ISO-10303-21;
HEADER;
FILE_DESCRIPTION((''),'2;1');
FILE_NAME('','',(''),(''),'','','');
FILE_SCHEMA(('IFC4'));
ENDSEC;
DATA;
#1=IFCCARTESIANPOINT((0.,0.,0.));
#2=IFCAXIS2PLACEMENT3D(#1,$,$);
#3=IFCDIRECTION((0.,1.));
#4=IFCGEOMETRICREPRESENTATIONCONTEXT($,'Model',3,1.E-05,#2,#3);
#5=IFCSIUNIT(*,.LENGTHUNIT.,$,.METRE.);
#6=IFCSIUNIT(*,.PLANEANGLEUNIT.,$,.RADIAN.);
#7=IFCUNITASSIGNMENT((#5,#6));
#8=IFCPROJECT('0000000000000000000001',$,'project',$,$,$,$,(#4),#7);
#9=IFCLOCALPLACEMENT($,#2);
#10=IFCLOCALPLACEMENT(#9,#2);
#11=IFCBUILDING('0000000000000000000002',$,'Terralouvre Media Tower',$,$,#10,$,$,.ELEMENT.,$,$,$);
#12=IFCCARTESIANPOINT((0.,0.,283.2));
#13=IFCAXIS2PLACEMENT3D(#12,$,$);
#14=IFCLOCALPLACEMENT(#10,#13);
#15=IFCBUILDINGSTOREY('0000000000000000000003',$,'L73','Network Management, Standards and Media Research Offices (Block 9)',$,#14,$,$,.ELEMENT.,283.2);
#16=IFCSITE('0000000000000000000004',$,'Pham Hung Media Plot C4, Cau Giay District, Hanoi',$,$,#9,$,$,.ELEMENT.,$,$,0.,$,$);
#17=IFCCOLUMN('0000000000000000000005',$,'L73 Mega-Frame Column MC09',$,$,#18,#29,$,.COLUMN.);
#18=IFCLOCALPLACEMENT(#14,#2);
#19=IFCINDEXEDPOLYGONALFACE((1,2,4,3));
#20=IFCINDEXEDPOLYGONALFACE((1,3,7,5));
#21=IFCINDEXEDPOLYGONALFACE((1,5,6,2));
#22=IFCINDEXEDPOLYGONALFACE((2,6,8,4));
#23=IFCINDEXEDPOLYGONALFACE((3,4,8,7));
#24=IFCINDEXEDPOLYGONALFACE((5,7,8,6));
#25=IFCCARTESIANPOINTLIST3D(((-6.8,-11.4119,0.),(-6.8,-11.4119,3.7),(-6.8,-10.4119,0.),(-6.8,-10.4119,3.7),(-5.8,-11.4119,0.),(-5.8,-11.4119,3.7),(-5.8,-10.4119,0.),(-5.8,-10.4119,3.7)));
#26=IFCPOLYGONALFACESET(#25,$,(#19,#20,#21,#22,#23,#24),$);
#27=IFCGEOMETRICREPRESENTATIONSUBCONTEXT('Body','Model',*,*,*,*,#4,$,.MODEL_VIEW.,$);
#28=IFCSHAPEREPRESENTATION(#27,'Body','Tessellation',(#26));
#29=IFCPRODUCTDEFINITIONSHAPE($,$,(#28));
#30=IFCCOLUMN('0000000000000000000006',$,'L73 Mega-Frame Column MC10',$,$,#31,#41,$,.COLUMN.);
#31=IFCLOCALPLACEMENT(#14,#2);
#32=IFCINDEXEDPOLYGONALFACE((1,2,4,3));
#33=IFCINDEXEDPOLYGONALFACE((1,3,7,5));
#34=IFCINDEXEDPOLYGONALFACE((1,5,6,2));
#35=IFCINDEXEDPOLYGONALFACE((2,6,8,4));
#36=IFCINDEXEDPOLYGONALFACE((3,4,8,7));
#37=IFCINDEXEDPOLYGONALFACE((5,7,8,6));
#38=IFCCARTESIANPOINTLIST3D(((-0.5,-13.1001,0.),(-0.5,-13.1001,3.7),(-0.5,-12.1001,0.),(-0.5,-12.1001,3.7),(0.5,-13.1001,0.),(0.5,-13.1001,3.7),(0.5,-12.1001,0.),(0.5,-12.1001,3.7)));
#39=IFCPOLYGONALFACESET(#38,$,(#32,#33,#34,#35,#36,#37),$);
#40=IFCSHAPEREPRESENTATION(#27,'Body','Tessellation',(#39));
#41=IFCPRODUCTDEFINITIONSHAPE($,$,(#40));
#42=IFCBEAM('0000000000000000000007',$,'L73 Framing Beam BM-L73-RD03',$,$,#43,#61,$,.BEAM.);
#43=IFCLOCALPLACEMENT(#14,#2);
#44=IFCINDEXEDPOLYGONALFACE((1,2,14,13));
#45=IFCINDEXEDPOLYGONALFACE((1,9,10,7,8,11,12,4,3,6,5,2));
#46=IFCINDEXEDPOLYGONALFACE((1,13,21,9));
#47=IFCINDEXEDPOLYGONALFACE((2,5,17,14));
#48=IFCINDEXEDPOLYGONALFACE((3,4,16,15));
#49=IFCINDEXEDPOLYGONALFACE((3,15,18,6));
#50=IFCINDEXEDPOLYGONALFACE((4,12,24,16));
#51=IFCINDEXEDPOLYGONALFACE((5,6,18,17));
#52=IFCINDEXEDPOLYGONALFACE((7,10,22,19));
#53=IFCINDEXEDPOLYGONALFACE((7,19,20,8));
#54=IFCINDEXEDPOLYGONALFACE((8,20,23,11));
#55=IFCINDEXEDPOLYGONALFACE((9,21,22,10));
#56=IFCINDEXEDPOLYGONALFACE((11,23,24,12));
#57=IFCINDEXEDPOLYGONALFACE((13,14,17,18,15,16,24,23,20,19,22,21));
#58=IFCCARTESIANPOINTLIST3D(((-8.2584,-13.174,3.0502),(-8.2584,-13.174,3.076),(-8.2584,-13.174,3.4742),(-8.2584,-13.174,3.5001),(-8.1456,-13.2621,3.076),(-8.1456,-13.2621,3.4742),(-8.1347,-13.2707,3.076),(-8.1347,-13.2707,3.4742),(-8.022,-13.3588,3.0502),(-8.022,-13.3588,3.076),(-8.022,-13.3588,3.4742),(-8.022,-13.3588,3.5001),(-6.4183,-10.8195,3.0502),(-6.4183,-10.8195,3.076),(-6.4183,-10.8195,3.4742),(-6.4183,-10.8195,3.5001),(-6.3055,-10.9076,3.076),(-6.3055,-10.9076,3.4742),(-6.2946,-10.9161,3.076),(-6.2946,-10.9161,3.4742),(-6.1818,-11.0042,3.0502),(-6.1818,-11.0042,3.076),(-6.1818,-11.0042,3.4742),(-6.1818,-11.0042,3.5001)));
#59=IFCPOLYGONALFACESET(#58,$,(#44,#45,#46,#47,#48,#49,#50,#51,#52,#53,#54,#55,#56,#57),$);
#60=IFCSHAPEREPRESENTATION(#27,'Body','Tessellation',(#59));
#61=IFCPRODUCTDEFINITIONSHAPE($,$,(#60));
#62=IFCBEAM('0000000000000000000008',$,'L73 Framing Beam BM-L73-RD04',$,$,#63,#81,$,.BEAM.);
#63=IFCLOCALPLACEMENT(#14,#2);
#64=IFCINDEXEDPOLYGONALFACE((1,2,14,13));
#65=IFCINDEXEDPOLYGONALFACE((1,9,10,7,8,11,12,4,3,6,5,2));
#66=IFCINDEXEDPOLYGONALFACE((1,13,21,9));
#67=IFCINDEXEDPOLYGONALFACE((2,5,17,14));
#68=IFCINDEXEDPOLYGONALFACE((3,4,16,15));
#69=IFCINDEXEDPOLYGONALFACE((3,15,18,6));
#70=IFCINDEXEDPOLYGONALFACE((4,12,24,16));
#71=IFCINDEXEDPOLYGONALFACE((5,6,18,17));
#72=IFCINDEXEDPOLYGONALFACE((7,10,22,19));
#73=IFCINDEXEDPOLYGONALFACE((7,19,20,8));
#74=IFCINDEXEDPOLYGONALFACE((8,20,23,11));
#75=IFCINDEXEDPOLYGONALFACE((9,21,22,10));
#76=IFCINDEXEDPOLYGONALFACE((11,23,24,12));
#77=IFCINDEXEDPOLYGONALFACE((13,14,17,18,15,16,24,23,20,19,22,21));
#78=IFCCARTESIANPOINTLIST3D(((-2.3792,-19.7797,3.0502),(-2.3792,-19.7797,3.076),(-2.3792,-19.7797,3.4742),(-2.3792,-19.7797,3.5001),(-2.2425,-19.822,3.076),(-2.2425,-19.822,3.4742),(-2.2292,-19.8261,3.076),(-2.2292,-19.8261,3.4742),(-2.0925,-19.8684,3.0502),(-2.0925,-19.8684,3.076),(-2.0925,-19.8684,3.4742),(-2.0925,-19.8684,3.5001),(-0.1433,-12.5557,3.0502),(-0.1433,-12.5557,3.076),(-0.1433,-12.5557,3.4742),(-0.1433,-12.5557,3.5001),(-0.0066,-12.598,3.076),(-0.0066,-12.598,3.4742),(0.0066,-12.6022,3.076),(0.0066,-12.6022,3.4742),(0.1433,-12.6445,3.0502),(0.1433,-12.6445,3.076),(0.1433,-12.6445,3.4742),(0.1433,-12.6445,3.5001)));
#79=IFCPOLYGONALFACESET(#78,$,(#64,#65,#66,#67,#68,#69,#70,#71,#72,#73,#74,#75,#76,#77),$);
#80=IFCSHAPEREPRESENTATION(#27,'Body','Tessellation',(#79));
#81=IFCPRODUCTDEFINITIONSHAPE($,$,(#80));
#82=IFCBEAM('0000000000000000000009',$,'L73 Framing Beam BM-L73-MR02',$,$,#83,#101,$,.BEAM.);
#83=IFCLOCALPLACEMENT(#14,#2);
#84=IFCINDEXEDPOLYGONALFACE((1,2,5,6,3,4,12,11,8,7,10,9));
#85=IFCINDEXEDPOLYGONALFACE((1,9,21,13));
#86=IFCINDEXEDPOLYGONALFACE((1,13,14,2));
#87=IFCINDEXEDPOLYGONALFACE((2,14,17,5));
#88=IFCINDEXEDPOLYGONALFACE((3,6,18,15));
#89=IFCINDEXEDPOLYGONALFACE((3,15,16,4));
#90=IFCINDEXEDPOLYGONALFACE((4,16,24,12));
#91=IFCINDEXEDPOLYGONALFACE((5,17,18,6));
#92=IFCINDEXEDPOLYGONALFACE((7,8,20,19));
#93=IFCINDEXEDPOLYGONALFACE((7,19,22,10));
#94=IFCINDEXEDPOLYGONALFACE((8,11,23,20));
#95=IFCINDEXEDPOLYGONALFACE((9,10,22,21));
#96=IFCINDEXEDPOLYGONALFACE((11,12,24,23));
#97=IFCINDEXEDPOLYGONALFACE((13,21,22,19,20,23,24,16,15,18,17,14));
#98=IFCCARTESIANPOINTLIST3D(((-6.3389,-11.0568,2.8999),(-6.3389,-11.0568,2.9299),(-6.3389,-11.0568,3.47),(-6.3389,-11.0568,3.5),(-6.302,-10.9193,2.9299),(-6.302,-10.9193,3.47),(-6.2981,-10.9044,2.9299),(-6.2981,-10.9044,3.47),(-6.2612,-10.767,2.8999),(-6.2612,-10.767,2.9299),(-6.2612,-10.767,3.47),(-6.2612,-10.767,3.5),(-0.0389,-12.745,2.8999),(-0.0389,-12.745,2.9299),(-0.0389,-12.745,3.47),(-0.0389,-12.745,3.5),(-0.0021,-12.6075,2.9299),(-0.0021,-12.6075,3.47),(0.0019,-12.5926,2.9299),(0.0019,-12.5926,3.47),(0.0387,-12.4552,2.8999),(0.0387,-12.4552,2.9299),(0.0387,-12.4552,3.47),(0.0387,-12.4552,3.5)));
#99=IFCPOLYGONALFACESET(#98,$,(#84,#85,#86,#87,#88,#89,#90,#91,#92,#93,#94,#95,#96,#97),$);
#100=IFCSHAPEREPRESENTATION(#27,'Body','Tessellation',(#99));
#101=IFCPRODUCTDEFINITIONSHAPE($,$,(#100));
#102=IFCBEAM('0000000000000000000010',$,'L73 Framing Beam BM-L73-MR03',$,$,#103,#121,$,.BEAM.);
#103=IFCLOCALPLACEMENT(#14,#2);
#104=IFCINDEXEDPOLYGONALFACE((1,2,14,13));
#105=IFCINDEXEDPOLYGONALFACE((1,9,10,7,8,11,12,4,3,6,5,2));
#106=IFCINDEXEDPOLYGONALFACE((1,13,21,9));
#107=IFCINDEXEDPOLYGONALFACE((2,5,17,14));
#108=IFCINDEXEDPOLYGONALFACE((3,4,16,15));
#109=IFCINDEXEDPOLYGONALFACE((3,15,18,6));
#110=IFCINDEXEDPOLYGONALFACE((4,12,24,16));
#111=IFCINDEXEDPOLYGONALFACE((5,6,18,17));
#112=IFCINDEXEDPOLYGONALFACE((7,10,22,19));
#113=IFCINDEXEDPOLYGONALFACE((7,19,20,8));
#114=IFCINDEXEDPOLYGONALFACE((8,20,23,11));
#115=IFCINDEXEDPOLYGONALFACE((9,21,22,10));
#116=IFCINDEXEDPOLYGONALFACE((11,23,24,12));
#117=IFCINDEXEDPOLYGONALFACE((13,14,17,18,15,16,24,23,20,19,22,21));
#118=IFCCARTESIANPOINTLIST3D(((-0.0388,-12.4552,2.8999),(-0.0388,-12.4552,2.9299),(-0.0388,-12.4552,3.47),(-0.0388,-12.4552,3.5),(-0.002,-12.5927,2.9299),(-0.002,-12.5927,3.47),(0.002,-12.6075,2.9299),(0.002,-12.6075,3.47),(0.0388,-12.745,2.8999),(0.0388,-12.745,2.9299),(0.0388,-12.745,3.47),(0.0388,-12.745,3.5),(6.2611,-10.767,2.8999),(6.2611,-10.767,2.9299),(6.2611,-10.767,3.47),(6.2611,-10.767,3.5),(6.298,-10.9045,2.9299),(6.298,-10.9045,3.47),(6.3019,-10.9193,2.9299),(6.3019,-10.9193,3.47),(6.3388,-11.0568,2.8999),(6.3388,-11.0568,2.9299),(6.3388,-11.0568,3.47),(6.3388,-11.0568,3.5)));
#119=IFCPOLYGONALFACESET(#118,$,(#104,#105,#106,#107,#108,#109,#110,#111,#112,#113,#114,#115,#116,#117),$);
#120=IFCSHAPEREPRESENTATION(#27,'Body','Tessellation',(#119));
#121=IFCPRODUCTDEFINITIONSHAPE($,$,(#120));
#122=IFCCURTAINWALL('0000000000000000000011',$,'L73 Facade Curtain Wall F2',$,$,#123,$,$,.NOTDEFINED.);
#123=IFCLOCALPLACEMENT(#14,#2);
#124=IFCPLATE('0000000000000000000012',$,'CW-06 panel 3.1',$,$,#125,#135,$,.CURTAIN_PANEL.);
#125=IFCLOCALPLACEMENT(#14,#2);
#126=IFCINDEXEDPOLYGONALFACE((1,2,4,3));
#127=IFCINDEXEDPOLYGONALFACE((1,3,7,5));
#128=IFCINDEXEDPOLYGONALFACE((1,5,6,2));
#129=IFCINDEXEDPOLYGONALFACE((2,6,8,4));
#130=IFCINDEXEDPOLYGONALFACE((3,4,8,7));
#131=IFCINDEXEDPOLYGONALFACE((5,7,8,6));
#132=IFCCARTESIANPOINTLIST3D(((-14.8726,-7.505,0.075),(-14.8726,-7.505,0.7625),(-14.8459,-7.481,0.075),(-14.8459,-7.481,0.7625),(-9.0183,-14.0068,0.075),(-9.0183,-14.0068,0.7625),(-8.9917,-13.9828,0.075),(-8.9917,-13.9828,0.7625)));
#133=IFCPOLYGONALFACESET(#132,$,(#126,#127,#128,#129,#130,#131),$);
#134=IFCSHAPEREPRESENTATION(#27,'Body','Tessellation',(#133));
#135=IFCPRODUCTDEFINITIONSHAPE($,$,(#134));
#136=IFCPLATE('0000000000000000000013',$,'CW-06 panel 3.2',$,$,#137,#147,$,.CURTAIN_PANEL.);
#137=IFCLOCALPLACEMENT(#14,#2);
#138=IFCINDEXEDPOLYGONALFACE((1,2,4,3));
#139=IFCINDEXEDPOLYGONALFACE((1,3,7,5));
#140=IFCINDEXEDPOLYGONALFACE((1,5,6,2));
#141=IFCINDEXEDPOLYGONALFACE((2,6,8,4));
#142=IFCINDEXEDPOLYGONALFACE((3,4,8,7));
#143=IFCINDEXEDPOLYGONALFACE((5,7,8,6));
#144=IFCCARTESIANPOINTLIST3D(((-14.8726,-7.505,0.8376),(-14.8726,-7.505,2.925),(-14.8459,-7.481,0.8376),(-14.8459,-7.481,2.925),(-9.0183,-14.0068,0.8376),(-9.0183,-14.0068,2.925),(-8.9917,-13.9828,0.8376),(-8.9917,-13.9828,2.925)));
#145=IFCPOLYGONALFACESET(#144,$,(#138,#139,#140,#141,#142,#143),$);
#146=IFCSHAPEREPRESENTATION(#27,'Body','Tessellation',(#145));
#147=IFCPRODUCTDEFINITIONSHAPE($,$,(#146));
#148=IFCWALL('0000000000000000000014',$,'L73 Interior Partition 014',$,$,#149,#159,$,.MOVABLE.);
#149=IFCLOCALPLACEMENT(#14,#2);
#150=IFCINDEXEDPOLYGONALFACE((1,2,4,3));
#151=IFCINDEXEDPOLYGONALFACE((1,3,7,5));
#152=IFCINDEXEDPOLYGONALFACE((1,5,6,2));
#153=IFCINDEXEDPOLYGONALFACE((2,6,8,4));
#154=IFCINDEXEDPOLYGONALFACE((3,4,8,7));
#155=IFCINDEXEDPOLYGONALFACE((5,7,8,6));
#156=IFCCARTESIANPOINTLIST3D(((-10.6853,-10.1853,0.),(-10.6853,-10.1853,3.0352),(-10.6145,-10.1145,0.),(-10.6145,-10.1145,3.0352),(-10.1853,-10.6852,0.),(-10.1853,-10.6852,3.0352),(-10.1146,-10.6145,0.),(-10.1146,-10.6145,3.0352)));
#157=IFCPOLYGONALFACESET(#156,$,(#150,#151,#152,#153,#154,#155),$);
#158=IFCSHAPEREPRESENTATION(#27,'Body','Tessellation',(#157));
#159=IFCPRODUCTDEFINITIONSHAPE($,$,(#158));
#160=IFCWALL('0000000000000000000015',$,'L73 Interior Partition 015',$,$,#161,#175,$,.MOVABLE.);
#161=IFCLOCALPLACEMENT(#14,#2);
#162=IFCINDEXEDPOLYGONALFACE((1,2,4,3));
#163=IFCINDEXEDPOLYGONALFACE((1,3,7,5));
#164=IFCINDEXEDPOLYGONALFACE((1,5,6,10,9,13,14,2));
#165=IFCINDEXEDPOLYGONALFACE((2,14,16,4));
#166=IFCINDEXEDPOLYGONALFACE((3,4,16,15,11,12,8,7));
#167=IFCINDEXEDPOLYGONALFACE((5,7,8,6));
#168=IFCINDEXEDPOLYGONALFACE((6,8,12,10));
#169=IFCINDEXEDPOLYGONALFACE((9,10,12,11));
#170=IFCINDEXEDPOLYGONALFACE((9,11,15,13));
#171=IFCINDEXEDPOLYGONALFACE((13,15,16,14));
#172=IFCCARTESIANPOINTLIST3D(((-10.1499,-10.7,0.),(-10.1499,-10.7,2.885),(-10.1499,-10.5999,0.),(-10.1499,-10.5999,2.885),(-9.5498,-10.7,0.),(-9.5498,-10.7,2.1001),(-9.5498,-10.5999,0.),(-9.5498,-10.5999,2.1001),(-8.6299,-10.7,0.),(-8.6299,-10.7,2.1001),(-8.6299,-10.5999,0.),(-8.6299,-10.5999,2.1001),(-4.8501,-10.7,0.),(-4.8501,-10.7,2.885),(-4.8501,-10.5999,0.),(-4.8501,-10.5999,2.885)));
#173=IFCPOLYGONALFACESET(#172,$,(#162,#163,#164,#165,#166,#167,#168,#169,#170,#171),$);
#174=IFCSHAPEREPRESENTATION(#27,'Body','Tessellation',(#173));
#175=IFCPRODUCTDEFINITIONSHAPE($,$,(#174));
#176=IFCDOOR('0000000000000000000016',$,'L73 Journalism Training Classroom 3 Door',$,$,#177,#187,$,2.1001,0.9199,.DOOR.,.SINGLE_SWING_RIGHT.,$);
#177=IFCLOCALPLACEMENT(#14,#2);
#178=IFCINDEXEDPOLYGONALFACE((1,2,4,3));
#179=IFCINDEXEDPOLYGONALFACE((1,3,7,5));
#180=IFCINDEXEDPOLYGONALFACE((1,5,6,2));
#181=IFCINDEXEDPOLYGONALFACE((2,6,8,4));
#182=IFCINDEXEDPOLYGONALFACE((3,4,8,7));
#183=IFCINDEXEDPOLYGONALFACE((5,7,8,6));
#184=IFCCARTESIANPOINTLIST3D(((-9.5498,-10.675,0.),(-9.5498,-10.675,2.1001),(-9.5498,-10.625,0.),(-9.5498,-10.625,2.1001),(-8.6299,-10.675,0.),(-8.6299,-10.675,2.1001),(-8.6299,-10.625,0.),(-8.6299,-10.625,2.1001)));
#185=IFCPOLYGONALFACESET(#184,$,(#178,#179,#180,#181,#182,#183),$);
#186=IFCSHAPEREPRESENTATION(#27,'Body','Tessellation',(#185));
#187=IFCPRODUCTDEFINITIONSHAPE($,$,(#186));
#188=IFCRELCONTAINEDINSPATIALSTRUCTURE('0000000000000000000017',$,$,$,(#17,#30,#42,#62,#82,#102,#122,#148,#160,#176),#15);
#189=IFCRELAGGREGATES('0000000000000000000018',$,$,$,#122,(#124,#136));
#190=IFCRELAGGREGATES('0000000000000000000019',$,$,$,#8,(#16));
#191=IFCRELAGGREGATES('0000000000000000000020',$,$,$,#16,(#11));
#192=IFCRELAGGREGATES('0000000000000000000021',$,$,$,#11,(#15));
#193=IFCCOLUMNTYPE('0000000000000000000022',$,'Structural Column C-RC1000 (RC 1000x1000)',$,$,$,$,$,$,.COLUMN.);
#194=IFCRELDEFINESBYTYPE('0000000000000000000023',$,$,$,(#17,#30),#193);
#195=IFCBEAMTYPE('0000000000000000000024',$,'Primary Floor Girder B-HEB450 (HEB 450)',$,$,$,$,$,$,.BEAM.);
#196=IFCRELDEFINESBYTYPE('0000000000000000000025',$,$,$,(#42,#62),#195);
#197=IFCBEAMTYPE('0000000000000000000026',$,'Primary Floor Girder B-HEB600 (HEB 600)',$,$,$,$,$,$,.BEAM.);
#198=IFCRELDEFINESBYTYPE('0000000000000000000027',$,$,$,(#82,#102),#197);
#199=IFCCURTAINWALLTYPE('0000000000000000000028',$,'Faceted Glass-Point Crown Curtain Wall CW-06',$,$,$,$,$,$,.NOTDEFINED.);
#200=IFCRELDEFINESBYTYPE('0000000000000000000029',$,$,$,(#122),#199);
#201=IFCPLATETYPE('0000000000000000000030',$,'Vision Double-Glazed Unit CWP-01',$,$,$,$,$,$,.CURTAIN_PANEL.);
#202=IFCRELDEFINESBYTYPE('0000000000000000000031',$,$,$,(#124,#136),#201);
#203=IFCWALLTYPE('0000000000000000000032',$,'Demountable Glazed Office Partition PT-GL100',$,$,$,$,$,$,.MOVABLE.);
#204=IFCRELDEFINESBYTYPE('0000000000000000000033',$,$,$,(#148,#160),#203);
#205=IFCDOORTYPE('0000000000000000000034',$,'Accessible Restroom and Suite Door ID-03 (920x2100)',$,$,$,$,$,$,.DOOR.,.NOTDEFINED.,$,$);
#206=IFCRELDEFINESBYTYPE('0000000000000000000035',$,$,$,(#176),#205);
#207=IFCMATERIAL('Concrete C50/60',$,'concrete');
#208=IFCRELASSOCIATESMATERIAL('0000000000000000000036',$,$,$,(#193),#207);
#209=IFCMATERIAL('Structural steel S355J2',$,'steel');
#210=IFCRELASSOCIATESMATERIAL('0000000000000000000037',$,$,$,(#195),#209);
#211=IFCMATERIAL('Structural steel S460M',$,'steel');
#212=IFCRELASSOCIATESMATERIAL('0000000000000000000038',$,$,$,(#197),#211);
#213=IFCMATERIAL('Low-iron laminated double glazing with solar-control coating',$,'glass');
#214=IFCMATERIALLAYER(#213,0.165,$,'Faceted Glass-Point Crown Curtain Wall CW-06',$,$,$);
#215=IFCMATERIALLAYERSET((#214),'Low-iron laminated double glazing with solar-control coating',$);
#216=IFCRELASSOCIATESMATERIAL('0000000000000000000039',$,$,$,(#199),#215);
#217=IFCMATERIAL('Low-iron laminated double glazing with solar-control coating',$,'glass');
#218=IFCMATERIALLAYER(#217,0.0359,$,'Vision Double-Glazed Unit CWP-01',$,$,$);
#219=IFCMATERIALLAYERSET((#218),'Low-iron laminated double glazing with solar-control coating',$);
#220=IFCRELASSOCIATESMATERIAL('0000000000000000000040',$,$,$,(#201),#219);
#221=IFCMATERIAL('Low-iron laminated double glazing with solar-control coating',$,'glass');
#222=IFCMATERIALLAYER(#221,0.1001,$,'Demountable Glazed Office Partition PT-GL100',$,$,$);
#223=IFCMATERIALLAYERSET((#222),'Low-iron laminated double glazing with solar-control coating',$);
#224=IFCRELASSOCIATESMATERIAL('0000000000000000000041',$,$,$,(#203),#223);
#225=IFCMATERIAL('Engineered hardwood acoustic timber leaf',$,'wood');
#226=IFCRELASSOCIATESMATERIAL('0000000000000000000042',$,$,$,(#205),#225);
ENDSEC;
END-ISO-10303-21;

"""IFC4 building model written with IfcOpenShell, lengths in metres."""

from ifc_helpers import new_model, si_unit, direction, frame, frame_2d, origin, origin_2d, place, context, subcontext, project, spatial, rectangle, i_section, extrude, material, layer, layer_set, material_profile, profile_set, type_object, element, fill, aggregate, save


model = new_model("IFC4")

# Units and contexts
model_context = context("Model", 3, precision=1e-05, world=origin(), true_north=direction((0.0, 1.0)))
body_context = subcontext(model_context, "Body", "Model", "MODEL_VIEW")
ifc_project = project(units=[si_unit("LENGTHUNIT", "METRE"), si_unit("PLANEANGLEUNIT", "RADIAN")], contexts=[model_context])

# Site, building, storey
site_placement = place(None, origin())
site = spatial("IfcSite", under=ifc_project, at=site_placement, Name="Pham Hung Media Plot C4, Cau Giay District, Hanoi", CompositionType="ELEMENT", RefElevation=0.0)
building_placement = place(site_placement, origin())
building = spatial("IfcBuilding", under=site, at=building_placement, Name="Terralouvre Media Tower", CompositionType="ELEMENT")
storey_placement = place(building_placement, frame((0.0, 0.0, 283.2)))
storey = spatial("IfcBuildingStorey", under=building, at=storey_placement, Name="L73", Description="Network Management, Standards and Media Research Offices (Block 9)", CompositionType="ELEMENT", Elevation=283.2)

# Columns
ifc_material_1 = material(Name="Concrete C50/60", Category="concrete")
ifc_material_profile_1 = material_profile(ifc_material_1, rectangle(XDim=1.0, YDim=1.0, at=origin_2d()), Name="RC 1000x1000")
ifc_profile_set_1 = profile_set([ifc_material_profile_1], Name="Concrete C50/60")
column_type = type_object("IfcColumnType", Name="Structural Column C-RC1000 (RC 1000x1000)", PredefinedType="COLUMN", material=ifc_profile_set_1)
for number, where, z_axis, x_axis, name in (
    (1, (-6.3, -10.9119, 0.0), (0.0, 0.0, 1.0), (1.0, 0.0, 0.0), "L73 Mega-Frame Column MC09"),
    (2, (0.0, -12.6001, 0.0), (0.0, 0.0, 1.0), (1.0, 0.0, 0.0), "L73 Mega-Frame Column MC10"),
):
    element("IfcColumn", number, at=place(storey_placement, frame(where, z_axis=z_axis, x_axis=x_axis)), inside=storey, type_object=column_type, Name=name, PredefinedType="COLUMN", context=body_context, shape_type="SweptSolid", body=[
        extrude(rectangle(XDim=1.0, YDim=1.0, at=origin_2d()), origin(), (0.0, 0.0, 1.0), 3.7),
    ])

# Beams
ifc_material_2 = material(Name="Structural steel S355J2", Category="steel")
ifc_material_profile_2 = material_profile(ifc_material_2, i_section(OverallWidth=0.3, OverallDepth=0.45, WebThickness=0.0139, FlangeThickness=0.0259, at=origin_2d()), Name="HEB 450")
ifc_profile_set_2 = profile_set([ifc_material_profile_2], Name="Structural steel S355J2")
beam_type_1 = type_object("IfcBeamType", Name="Primary Floor Girder B-HEB450 (HEB 450)", PredefinedType="BEAM", material=ifc_profile_set_2)
beam_1_placement = place(storey_placement, frame((-6.3, -10.9119, 3.2751), z_axis=(-0.615777, -0.78792, 0.0), x_axis=(0.78792, -0.615777, 0.0)))
element("IfcBeam", 3, at=beam_1_placement, inside=storey, type_object=beam_type_1, Name="L73 Framing Beam BM-L73-RD03", PredefinedType="BEAM", context=body_context, shape_type="SweptSolid", body=[
    extrude(i_section(OverallWidth=0.3, OverallDepth=0.45, WebThickness=0.0139, FlangeThickness=0.0259, at=origin_2d()), origin(), (0.0, 0.0, 1.0), 2.9883),
])
beam_2_placement = place(storey_placement, frame((0.0, -12.6001, 3.2751), z_axis=(-0.295669, -0.95529, 0.0), x_axis=(0.95529, -0.295669, 0.0)))
element("IfcBeam", 4, at=beam_2_placement, inside=storey, type_object=beam_type_1, Name="L73 Framing Beam BM-L73-RD04", PredefinedType="BEAM", context=body_context, shape_type="SweptSolid", body=[
    extrude(i_section(OverallWidth=0.3, OverallDepth=0.45, WebThickness=0.0139, FlangeThickness=0.0259, at=origin_2d()), origin(), (0.0, 0.0, 1.0), 7.562),
])
ifc_material_3 = material(Name="Structural steel S460M", Category="steel")
ifc_material_profile_3 = material_profile(ifc_material_3, i_section(OverallWidth=0.3, OverallDepth=0.6001, WebThickness=0.0154, FlangeThickness=0.03, at=origin_2d()), Name="HEB 600")
ifc_profile_set_3 = profile_set([ifc_material_profile_3], Name="Structural steel S460M")
beam_type_2 = type_object("IfcBeamType", Name="Primary Floor Girder B-HEB600 (HEB 600)", PredefinedType="BEAM", material=ifc_profile_set_3)
for number, where, z_axis, x_axis, name in (
    (5, (-6.3, -10.9119, 3.2), (0.96592, -0.258839, 0.0), (0.258839, 0.96592, 0.0), "L73 Framing Beam BM-L73-MR02"),
    (6, (0.0, -12.6001, 3.2), (0.96592, 0.258839, 0.0), (-0.258839, 0.96592, 0.0), "L73 Framing Beam BM-L73-MR03"),
):
    element("IfcBeam", number, at=place(storey_placement, frame(where, z_axis=z_axis, x_axis=x_axis)), inside=storey, type_object=beam_type_2, Name=name, PredefinedType="BEAM", context=body_context, shape_type="SweptSolid", body=[
        extrude(i_section(OverallWidth=0.3, OverallDepth=0.6001, WebThickness=0.0154, FlangeThickness=0.03, at=origin_2d()), origin(), (0.0, 0.0, 1.0), 6.5222),
    ])

# Curtain wall, plates
ifc_material_4 = material(Name="Low-iron laminated double glazing with solar-control coating", Category="glass")
ifc_layer_1 = layer(ifc_material_4, 0.165, Name="Faceted Glass-Point Crown Curtain Wall CW-06")
ifc_layer_set_1 = layer_set([ifc_layer_1], Name="Low-iron laminated double glazing with solar-control coating")
curtain_wall_type = type_object("IfcCurtainWallType", Name="Faceted Glass-Point Crown Curtain Wall CW-06", PredefinedType="NOTDEFINED", material=ifc_layer_set_1)
curtain_wall_placement = place(storey_placement, origin())
curtain_wall = element("IfcCurtainWall", 7, at=curtain_wall_placement, inside=storey, type_object=curtain_wall_type, Name="L73 Facade Curtain Wall F2", PredefinedType="NOTDEFINED")
ifc_material_5 = material(Name="Low-iron laminated double glazing with solar-control coating", Category="glass")
ifc_layer_2 = layer(ifc_material_5, 0.0359, Name="Vision Double-Glazed Unit CWP-01")
ifc_layer_set_2 = layer_set([ifc_layer_2], Name="Low-iron laminated double glazing with solar-control coating")
plate_type = type_object("IfcPlateType", Name="Vision Double-Glazed Unit CWP-01", PredefinedType="CURTAIN_PANEL", material=ifc_layer_set_2)
plate_1_placement = place(storey_placement, frame((-11.9321, -10.7439, 0.075), z_axis=(0.0, 0.0, 1.0), x_axis=(0.669131, -0.743145, 0.0)))
plate_1 = element("IfcPlate", 8, at=plate_1_placement, type_object=plate_type, Name="CW-06 panel 3.1", PredefinedType="CURTAIN_PANEL", context=body_context, shape_type="SweptSolid", body=[
    extrude(rectangle(XDim=8.749, YDim=0.0359, at=origin_2d()), origin(), (0.0, 0.0, 1.0), 0.6875),
])
plate_2_placement = place(storey_placement, frame((-11.9321, -10.7439, 0.8376), z_axis=(0.0, 0.0, 1.0), x_axis=(0.669131, -0.743145, 0.0)))
plate_2 = element("IfcPlate", 9, at=plate_2_placement, type_object=plate_type, Name="CW-06 panel 3.2", PredefinedType="CURTAIN_PANEL", context=body_context, shape_type="SweptSolid", body=[
    extrude(rectangle(XDim=8.749, YDim=0.0359, at=origin_2d()), origin(), (0.0, 0.0, 1.0), 2.0874),
])
aggregate(curtain_wall, [plate_1, plate_2])

# Wall
ifc_material_6 = material(Name="Low-iron laminated double glazing with solar-control coating", Category="glass")
ifc_layer_3 = layer(ifc_material_6, 0.1001, Name="Demountable Glazed Office Partition PT-GL100")
ifc_layer_set_3 = layer_set([ifc_layer_3], Name="Low-iron laminated double glazing with solar-control coating")
wall_type_1 = type_object("IfcWallType", Name="Demountable Glazed Office Partition PT-GL100", PredefinedType="MOVABLE", material=ifc_layer_set_3)
wall_1_placement = place(storey_placement, frame((-10.6499, -10.1499, 0.0), z_axis=(0.0, 0.0, 1.0), x_axis=(0.707107, -0.707107, 0.0)))
element("IfcWall", 10, at=wall_1_placement, inside=storey, type_object=wall_type_1, Name="L73 Interior Partition 014", PredefinedType="MOVABLE", context=body_context, shape_type="SweptSolid", body=[
    extrude(rectangle(XDim=0.707, YDim=0.1001, at=frame_2d((0.3535, 0.0))), origin(), (0.0, 0.0, 1.0), 3.0352),
])

# Wall, opening, door
wall_2_placement = place(storey_placement, frame((-10.1499, -10.6499, 0.0), z_axis=(0.0, 0.0, 1.0), x_axis=(1.0, 0.0, 0.0)))
wall_2 = element("IfcWall", 11, at=wall_2_placement, inside=storey, type_object=wall_type_1, Name="L73 Interior Partition 015", PredefinedType="MOVABLE", context=body_context, shape_type="SweptSolid", body=[
    extrude(rectangle(XDim=5.2998, YDim=0.1001, at=frame_2d((2.6499, 0.0))), origin(), (0.0, 0.0, 1.0), 2.885),
])
opening_1_placement = place(wall_2_placement, frame((0.6001, 0.0, 0.0)))
opening_1 = element("IfcOpeningElement", 12, at=opening_1_placement, cuts=wall_2, PredefinedType="OPENING", context=body_context, shape_type="SweptSolid", body=[
    extrude(rectangle(XDim=0.9199, YDim=2.1001, at=frame_2d((0.46, 1.05))), frame((0.0, 0.0601, 0.0), z_axis=(0.0, -1.0, 0.0), x_axis=(1.0, 0.0, 0.0)), (0.0, 0.0, 1.0), 0.1201),
])
ifc_material_7 = material(Name="Engineered hardwood acoustic timber leaf", Category="wood")
door_type = type_object("IfcDoorType", Name="Accessible Restroom and Suite Door ID-03 (920x2100)", OperationType="NOTDEFINED", PredefinedType="DOOR", material=ifc_material_7)
door_1_placement = place(opening_1_placement, origin())
door_1 = element("IfcDoor", 13, at=door_1_placement, inside=storey, type_object=door_type, Name="L73 Journalism Training Classroom 3 Door", OperationType="SINGLE_SWING_RIGHT", OverallHeight=2.1001, OverallWidth=0.9199, PredefinedType="DOOR", context=body_context, shape_type="SweptSolid", body=[
    extrude(rectangle(XDim=0.9199, YDim=2.1001, at=frame_2d((0.46, 1.05))), frame((0.0, 0.0249, 0.0), z_axis=(0.0, -1.0, 0.0), x_axis=(1.0, 0.0, 0.0)), (0.0, 0.0, 1.0), 0.05),
])
fill(opening_1, door_1)

save(model, "model.ifc")
